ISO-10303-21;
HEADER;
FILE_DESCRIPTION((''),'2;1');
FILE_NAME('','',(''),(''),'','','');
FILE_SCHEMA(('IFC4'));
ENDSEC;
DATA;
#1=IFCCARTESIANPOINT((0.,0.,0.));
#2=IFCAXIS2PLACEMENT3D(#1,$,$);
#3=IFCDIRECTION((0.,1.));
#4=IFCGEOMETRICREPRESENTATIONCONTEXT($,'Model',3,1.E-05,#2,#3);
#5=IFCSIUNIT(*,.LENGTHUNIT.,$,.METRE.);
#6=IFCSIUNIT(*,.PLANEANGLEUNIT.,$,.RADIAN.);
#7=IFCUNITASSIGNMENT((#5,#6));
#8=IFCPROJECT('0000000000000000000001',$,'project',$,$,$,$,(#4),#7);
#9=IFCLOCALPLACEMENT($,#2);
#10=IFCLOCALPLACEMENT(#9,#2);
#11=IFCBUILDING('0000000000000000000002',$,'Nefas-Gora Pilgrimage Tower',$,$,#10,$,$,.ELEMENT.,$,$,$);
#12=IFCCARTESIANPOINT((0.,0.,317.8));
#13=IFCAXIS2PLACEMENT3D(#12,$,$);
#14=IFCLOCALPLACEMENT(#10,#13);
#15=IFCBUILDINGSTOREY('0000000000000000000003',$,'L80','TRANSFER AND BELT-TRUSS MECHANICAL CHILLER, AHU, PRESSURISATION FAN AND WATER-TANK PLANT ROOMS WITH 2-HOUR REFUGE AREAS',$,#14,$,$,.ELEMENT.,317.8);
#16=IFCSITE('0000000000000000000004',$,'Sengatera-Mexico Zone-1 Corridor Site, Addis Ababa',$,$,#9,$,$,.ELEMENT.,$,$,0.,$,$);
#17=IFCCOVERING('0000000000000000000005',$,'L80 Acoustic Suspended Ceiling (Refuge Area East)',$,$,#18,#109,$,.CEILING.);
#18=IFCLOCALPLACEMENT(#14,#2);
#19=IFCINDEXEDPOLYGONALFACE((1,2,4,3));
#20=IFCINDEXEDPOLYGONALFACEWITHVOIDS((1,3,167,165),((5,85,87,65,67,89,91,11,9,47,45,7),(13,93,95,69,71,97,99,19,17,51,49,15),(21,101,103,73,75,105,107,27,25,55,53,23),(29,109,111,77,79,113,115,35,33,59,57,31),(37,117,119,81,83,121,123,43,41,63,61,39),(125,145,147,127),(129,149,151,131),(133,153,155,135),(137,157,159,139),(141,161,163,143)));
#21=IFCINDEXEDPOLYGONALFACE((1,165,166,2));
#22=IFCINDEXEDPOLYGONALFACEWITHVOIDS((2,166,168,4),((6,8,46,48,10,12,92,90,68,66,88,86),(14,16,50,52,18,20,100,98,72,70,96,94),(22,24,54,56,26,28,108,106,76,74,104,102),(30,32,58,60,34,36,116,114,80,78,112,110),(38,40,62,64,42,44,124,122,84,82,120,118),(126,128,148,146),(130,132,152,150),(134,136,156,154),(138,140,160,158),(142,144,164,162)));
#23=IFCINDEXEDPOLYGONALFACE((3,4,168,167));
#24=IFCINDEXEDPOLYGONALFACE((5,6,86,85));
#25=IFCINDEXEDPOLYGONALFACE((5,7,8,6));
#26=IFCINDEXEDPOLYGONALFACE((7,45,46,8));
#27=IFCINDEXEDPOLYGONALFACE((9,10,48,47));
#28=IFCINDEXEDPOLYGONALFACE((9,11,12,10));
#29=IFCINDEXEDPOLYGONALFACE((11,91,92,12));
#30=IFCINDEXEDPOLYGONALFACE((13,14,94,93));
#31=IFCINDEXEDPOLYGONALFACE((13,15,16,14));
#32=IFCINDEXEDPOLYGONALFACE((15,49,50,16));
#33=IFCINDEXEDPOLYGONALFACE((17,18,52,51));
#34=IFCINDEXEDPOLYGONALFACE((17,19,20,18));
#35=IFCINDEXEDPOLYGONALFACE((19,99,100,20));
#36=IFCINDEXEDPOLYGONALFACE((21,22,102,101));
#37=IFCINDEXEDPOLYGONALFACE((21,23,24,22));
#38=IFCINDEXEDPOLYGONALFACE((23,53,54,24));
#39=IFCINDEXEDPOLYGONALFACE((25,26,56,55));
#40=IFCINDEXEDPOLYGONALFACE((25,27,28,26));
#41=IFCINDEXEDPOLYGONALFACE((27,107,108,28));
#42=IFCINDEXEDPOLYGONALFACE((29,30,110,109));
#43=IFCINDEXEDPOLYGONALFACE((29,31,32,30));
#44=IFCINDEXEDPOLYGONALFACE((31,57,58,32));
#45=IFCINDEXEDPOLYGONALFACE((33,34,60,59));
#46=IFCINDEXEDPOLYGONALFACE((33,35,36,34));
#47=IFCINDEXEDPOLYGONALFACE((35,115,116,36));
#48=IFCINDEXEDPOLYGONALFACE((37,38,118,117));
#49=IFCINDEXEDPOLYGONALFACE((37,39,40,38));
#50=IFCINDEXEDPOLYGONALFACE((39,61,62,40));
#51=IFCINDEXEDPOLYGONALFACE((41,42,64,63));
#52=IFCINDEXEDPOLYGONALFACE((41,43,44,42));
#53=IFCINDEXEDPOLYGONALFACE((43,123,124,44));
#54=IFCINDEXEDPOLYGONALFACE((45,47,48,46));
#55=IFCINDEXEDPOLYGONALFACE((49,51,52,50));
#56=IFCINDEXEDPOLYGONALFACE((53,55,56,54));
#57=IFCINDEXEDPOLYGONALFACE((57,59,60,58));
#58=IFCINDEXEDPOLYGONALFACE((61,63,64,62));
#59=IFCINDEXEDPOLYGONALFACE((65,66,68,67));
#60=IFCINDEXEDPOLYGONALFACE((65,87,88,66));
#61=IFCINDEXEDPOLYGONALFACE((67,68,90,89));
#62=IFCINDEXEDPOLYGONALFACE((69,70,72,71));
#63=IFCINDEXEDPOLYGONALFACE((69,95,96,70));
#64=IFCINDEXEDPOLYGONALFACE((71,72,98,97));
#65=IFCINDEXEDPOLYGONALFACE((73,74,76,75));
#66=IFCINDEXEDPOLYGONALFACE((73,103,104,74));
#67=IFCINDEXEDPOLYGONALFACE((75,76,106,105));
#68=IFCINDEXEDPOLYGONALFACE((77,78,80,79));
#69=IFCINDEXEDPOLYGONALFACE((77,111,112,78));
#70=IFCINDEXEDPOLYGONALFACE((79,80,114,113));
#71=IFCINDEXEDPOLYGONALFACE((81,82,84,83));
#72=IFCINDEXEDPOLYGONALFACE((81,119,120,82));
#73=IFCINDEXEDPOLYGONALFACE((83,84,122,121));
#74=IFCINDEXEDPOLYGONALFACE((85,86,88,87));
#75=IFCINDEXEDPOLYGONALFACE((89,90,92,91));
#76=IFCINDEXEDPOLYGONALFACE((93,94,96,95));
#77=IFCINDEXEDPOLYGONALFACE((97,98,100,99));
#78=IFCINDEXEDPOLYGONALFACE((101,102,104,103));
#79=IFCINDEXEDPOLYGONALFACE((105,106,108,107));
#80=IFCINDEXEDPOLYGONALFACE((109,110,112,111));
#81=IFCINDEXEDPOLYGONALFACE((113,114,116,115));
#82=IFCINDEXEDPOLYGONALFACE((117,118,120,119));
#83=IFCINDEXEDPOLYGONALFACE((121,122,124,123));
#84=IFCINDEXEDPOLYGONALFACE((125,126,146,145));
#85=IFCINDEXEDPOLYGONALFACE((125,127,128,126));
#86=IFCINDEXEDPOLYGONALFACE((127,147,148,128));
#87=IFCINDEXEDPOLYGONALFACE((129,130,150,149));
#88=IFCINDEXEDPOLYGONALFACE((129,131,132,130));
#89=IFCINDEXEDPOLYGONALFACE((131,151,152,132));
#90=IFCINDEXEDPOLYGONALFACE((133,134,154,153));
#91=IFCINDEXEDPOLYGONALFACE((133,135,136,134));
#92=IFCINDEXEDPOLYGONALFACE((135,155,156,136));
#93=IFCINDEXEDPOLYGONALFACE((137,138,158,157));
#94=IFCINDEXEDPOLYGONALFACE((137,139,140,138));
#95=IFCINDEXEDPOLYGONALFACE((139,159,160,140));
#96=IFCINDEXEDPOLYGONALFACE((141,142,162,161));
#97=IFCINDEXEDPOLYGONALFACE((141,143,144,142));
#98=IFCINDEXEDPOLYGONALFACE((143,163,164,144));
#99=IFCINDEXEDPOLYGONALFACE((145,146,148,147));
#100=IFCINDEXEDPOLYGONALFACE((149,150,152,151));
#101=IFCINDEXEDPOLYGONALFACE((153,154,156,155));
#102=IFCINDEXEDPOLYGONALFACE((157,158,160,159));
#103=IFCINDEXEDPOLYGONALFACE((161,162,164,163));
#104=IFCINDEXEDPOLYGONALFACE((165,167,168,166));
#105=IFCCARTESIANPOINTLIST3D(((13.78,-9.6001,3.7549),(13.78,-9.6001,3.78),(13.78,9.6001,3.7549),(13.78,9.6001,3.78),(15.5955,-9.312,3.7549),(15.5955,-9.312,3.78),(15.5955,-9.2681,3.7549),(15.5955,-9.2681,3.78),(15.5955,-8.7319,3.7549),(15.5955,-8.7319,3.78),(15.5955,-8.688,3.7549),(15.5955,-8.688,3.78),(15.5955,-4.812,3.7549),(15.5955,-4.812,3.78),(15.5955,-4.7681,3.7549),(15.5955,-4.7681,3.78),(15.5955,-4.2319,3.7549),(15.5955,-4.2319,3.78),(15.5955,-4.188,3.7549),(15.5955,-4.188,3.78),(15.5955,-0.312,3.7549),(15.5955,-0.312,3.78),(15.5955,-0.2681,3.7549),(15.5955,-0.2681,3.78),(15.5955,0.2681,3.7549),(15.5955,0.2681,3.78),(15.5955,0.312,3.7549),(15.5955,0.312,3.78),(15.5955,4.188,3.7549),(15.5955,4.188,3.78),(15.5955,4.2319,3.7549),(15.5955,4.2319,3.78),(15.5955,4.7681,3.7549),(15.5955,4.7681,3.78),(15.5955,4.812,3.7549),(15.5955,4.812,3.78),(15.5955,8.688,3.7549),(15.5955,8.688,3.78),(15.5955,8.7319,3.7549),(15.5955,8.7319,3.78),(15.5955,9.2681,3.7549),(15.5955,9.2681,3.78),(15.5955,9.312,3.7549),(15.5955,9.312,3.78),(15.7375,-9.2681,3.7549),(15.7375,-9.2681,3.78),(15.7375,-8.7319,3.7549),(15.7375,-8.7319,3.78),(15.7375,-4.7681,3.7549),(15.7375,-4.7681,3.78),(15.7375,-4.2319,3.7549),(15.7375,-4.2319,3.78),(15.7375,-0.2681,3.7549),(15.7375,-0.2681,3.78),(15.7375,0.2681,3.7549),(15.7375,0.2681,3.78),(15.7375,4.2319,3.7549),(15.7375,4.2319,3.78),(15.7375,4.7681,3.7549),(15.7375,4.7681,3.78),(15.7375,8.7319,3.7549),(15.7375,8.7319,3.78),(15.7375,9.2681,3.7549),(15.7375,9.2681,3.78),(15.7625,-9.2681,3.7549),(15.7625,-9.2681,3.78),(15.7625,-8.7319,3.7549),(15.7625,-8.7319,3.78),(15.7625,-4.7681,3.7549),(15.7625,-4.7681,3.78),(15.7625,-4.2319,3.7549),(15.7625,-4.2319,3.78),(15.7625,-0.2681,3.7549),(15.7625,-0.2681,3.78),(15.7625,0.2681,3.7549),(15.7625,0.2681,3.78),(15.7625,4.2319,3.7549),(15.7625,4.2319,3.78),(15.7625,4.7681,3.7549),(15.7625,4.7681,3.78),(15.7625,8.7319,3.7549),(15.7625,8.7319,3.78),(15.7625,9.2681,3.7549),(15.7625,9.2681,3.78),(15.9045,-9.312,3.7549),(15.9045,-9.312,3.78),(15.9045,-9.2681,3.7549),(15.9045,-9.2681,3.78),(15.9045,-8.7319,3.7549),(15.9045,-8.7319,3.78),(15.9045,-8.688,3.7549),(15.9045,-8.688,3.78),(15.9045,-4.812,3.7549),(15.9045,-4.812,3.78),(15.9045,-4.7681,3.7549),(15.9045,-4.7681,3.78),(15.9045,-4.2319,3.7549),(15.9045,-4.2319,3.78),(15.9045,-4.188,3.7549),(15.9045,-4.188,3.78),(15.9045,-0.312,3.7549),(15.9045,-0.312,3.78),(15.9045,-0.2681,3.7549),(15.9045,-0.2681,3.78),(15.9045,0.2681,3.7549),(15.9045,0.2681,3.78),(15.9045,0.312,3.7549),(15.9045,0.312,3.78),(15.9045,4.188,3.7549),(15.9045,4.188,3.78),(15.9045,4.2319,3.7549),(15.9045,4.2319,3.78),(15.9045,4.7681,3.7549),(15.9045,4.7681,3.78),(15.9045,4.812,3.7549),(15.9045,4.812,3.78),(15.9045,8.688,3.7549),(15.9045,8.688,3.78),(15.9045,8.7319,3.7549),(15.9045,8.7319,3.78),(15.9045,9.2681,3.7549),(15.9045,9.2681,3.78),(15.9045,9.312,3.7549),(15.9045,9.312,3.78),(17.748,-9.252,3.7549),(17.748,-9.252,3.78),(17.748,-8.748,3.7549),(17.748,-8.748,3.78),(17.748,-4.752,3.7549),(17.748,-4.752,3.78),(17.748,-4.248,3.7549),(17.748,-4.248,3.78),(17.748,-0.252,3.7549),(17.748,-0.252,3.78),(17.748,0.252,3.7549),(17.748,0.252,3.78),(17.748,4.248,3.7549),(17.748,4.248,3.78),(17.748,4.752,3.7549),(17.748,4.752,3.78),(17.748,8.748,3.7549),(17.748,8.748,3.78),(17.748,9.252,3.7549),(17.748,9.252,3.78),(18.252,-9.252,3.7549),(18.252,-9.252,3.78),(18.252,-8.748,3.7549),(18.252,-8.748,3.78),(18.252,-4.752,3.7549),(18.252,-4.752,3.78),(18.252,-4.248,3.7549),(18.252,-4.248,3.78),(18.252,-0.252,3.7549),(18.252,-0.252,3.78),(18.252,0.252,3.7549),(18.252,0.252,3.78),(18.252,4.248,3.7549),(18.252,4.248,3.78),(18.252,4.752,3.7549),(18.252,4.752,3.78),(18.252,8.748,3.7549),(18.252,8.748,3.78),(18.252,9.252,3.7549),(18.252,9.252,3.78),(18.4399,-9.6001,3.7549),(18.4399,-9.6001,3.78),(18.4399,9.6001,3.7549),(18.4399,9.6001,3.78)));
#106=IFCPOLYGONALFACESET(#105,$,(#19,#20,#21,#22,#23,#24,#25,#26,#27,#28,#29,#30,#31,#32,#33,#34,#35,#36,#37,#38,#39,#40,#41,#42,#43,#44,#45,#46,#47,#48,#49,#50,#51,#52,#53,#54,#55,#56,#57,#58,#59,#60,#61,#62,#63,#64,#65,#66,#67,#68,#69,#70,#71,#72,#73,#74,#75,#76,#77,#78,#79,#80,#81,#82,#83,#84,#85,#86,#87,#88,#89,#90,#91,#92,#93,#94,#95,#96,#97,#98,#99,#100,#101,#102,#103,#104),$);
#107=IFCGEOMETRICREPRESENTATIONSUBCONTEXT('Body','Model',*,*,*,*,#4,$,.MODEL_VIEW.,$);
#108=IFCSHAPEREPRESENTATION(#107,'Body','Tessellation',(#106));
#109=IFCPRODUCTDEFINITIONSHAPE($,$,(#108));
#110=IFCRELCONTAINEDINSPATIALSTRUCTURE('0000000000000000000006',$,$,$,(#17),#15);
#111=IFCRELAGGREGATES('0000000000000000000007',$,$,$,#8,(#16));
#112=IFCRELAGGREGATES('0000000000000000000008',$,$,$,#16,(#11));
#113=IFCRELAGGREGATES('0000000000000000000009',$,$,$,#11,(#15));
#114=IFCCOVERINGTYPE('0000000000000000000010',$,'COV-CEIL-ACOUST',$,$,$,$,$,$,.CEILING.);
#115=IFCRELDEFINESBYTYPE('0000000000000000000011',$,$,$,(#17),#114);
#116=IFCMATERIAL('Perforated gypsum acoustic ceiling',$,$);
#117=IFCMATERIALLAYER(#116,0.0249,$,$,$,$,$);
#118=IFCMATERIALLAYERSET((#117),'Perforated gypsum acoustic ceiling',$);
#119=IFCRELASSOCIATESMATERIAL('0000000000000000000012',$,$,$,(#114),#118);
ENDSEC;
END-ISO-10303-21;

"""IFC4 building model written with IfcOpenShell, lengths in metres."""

from ifc_helpers import new_model, si_unit, direction, frame, origin, place, context, subcontext, project, spatial, polyline, outline, extrude, material, layer, layer_set, type_object, element, save


model = new_model("IFC4")

# Units and contexts
model_context = context("Model", 3, precision=1e-05, world=origin(), true_north=direction((0.0, 1.0)))
body_context = subcontext(model_context, "Body", "Model", "MODEL_VIEW")
ifc_project = project(units=[si_unit("LENGTHUNIT", "METRE"), si_unit("PLANEANGLEUNIT", "RADIAN")], contexts=[model_context])

# Site, building, storey
site_placement = place(None, origin())
site = spatial("IfcSite", under=ifc_project, at=site_placement, Name="Sengatera-Mexico Zone-1 Corridor Site, Addis Ababa", CompositionType="ELEMENT", RefElevation=0.0)
building_placement = place(site_placement, origin())
building = spatial("IfcBuilding", under=site, at=building_placement, Name="Nefas-Gora Pilgrimage Tower", CompositionType="ELEMENT")
storey_placement = place(building_placement, frame((0.0, 0.0, 317.8)))
storey = spatial("IfcBuildingStorey", under=building, at=storey_placement, Name="L80", Description="TRANSFER AND BELT-TRUSS MECHANICAL CHILLER, AHU, PRESSURISATION FAN AND WATER-TANK PLANT ROOMS WITH 2-HOUR REFUGE AREAS", CompositionType="ELEMENT", Elevation=317.8)

# Covering
ifc_material_1 = material(Name="Perforated gypsum acoustic ceiling")
ifc_layer_1 = layer(ifc_material_1, 0.0249)
ifc_layer_set_1 = layer_set([ifc_layer_1], Name="Perforated gypsum acoustic ceiling")
covering_type = type_object("IfcCoveringType", Name="COV-CEIL-ACOUST", PredefinedType="CEILING", material=ifc_layer_set_1)
covering_1_placement = place(storey_placement, frame((0.0, 0.0, 3.7549)))
element("IfcCovering", 1, at=covering_1_placement, inside=storey, type_object=covering_type, Name="L80 Acoustic Suspended Ceiling (Refuge Area East)", PredefinedType="CEILING", context=body_context, shape_type="SweptSolid", body=[
    extrude(outline(polyline([(18.4399, -9.6001), (18.4399, 9.6001), (13.78, 9.6001), (13.78, -9.6001), (18.4399, -9.6001)]), holes=[polyline([(18.252, -8.748), (18.252, -9.252), (17.748, -9.252), (17.748, -8.748), (18.252, -8.748)]), polyline([(18.252, -4.248), (18.252, -4.752), (17.748, -4.752), (17.748, -4.248), (18.252, -4.248)]), polyline([(18.252, 0.252), (18.252, -0.252), (17.748, -0.252), (17.748, 0.252), (18.252, 0.252)]), polyline([(18.252, 4.752), (18.252, 4.248), (17.748, 4.248), (17.748, 4.752), (18.252, 4.752)]), polyline([(18.252, 9.252), (18.252, 8.748), (17.748, 8.748), (17.748, 9.252), (18.252, 9.252)]), polyline([(15.5955, -8.688), (15.9045, -8.688), (15.9045, -8.7319), (15.7625, -8.7319), (15.7625, -9.2681), (15.9045, -9.2681), (15.9045, -9.312), (15.5955, -9.312), (15.5955, -9.2681), (15.7375, -9.2681), (15.7375, -8.7319), (15.5955, -8.7319), (15.5955, -8.688)]), polyline([(15.9045, -4.188), (15.9045, -4.2319), (15.7625, -4.2319), (15.7625, -4.7681), (15.9045, -4.7681), (15.9045, -4.812), (15.5955, -4.812), (15.5955, -4.7681), (15.7375, -4.7681), (15.7375, -4.2319), (15.5955, -4.2319), (15.5955, -4.188), (15.9045, -4.188)]), polyline([(15.9045, 0.312), (15.9045, 0.2681), (15.7625, 0.2681), (15.7625, -0.2681), (15.9045, -0.2681), (15.9045, -0.312), (15.5955, -0.312), (15.5955, -0.2681), (15.7375, -0.2681), (15.7375, 0.2681), (15.5955, 0.2681), (15.5955, 0.312), (15.9045, 0.312)]), polyline([(15.5955, 4.812), (15.9045, 4.812), (15.9045, 4.7681), (15.7625, 4.7681), (15.7625, 4.2319), (15.9045, 4.2319), (15.9045, 4.188), (15.5955, 4.188), (15.5955, 4.2319), (15.7375, 4.2319), (15.7375, 4.7681), (15.5955, 4.7681), (15.5955, 4.812)]), polyline([(15.9045, 9.312), (15.9045, 9.2681), (15.7625, 9.2681), (15.7625, 8.7319), (15.9045, 8.7319), (15.9045, 8.688), (15.5955, 8.688), (15.5955, 8.7319), (15.7375, 8.7319), (15.7375, 9.2681), (15.5955, 9.2681), (15.5955, 9.312), (15.9045, 9.312)])]), origin(), (0.0, 0.0, 1.0), 0.0251),
])

save(model, "model.ifc")
